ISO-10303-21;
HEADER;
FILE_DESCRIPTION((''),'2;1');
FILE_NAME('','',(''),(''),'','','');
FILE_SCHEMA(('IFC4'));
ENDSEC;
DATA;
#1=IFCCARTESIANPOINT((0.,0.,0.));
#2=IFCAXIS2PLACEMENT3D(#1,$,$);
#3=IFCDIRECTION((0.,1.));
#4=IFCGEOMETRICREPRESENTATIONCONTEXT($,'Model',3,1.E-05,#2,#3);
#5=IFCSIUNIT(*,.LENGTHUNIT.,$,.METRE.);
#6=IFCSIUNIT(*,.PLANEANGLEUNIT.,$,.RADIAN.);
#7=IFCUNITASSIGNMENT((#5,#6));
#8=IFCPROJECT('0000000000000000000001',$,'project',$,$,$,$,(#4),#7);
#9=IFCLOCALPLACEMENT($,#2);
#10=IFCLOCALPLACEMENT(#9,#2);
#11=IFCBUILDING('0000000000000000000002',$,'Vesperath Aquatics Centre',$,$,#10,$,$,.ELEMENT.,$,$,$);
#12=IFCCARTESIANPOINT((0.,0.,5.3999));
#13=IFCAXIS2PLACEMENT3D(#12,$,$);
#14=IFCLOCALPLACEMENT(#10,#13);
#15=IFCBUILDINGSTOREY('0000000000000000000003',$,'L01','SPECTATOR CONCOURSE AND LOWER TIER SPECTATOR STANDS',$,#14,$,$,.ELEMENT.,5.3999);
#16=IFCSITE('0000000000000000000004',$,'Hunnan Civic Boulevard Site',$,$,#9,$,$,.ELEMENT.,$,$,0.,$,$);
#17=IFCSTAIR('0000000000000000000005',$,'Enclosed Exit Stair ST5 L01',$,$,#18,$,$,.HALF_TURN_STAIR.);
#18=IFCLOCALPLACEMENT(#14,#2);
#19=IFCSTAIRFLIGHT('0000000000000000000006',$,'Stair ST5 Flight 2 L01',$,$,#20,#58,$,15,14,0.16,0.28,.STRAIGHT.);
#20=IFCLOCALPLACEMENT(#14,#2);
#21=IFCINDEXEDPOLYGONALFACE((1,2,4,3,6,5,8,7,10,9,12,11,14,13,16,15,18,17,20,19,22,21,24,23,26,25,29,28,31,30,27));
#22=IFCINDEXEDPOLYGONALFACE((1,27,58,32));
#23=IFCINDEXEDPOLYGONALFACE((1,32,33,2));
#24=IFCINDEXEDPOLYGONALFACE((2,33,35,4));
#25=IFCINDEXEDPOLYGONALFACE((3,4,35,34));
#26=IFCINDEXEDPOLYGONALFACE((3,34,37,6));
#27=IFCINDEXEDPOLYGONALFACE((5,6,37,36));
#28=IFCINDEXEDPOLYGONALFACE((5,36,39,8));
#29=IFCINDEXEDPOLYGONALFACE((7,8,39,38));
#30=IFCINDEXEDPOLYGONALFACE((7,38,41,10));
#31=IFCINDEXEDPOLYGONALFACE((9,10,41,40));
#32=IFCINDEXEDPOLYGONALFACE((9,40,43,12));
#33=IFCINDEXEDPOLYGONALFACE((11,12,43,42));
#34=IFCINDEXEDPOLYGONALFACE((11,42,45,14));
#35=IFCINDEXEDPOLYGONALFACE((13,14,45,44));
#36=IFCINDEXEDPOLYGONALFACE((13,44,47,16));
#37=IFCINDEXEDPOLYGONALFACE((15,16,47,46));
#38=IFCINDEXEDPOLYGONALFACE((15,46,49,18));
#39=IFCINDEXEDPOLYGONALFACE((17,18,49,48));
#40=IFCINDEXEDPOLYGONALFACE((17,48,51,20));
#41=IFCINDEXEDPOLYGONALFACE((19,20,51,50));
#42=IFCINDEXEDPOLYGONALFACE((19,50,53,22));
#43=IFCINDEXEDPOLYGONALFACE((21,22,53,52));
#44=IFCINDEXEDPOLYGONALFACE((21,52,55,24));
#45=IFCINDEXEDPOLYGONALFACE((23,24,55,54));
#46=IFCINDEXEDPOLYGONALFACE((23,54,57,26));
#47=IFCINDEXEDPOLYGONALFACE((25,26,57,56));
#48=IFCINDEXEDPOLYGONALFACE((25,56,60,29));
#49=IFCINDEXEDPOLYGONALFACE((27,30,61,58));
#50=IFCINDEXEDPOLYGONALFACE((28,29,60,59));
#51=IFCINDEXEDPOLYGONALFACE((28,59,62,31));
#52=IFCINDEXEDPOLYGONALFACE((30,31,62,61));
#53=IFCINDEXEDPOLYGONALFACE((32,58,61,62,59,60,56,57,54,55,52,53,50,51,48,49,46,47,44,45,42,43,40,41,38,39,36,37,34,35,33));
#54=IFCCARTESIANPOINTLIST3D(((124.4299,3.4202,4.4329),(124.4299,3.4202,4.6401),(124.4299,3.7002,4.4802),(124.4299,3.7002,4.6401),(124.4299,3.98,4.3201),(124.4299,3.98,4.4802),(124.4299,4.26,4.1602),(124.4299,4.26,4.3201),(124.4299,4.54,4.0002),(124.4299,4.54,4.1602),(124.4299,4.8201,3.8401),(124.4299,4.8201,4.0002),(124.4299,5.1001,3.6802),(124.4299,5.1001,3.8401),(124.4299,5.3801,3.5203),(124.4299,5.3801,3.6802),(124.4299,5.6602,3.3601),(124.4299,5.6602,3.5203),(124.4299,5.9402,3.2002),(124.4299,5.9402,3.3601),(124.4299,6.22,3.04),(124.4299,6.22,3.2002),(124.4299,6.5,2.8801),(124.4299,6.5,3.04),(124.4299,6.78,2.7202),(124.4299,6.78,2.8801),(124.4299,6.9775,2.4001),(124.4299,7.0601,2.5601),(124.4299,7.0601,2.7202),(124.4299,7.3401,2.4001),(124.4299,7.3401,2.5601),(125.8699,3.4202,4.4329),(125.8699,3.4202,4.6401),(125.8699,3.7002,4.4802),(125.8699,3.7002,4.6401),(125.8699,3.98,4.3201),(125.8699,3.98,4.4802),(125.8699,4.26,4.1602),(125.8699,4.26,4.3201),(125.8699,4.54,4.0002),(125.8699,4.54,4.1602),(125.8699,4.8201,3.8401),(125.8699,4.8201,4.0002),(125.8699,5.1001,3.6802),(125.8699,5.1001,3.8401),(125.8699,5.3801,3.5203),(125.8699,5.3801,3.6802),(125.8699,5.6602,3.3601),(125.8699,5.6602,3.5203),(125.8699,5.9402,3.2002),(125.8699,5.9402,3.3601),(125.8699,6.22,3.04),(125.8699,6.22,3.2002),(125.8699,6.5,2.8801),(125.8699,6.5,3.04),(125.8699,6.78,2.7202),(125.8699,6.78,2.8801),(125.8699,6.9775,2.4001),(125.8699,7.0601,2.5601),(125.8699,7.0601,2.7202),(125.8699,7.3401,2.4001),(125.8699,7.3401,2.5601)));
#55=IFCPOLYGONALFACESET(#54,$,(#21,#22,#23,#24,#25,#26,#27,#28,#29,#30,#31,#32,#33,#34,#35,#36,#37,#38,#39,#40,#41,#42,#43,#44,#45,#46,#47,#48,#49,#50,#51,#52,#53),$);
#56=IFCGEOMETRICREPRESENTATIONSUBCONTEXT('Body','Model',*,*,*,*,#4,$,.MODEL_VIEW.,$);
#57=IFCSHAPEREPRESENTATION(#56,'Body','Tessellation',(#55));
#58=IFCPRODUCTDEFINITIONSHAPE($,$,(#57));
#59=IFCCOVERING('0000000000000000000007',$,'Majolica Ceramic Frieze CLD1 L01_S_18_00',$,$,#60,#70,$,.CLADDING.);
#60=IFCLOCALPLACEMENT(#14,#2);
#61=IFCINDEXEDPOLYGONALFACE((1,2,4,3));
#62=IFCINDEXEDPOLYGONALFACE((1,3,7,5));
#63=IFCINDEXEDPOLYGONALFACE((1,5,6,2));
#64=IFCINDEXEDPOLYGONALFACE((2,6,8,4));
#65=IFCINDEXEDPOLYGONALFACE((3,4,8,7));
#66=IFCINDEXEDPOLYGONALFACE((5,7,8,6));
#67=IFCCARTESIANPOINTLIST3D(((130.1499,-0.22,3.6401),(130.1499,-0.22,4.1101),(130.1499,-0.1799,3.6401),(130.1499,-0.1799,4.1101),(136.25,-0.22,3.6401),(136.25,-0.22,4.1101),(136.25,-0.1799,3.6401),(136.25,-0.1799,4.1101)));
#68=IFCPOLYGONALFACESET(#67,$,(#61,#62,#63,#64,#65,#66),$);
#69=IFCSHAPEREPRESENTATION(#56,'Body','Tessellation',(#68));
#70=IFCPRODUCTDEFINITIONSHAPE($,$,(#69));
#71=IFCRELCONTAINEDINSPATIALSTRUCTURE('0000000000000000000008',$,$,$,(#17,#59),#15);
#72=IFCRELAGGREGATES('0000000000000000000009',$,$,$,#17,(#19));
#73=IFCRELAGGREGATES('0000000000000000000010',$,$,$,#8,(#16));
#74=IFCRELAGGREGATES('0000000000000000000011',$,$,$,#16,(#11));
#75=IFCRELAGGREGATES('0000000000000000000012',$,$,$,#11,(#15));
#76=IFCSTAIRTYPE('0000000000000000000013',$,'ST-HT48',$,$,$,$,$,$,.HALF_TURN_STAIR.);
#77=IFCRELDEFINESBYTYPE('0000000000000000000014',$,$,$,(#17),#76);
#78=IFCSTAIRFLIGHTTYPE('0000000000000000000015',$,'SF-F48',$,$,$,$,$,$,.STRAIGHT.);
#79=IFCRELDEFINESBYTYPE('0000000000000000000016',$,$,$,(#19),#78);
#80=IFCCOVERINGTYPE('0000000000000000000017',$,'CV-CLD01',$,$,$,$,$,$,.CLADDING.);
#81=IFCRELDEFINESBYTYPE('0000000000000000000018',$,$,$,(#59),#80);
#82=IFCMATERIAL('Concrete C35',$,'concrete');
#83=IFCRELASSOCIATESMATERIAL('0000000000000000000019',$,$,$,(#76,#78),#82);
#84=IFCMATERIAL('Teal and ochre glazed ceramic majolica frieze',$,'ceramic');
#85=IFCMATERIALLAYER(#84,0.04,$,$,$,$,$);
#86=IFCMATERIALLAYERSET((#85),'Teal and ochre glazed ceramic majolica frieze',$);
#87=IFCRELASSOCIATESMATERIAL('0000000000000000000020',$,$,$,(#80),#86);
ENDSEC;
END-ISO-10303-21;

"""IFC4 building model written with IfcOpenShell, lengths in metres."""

from ifc_helpers import new_model, si_unit, direction, frame, frame_2d, origin, place, context, subcontext, project, spatial, polyline, rectangle, outline, extrude, material, layer, layer_set, type_object, element, aggregate, save


model = new_model("IFC4")

# Units and contexts
model_context = context("Model", 3, precision=1e-05, world=origin(), true_north=direction((0.0, 1.0)))
body_context = subcontext(model_context, "Body", "Model", "MODEL_VIEW")
ifc_project = project(units=[si_unit("LENGTHUNIT", "METRE"), si_unit("PLANEANGLEUNIT", "RADIAN")], contexts=[model_context])

# Site, building, storey
site_placement = place(None, origin())
site = spatial("IfcSite", under=ifc_project, at=site_placement, Name="Hunnan Civic Boulevard Site", CompositionType="ELEMENT", RefElevation=0.0)
building_placement = place(site_placement, origin())
building = spatial("IfcBuilding", under=site, at=building_placement, Name="Vesperath Aquatics Centre", CompositionType="ELEMENT")
storey_placement = place(building_placement, frame((0.0, 0.0, 5.3999)))
storey = spatial("IfcBuildingStorey", under=building, at=storey_placement, Name="L01", Description="SPECTATOR CONCOURSE AND LOWER TIER SPECTATOR STANDS", CompositionType="ELEMENT", Elevation=5.3999)

# Shared definitions
ifc_material_1 = material(Name="Concrete C35", Category="concrete")

# Stair, stair flight
stair_type = type_object("IfcStairType", Name="ST-HT48", PredefinedType="HALF_TURN_STAIR", material=ifc_material_1)
stair_placement = place(storey_placement, origin())
stair = element("IfcStair", 1, at=stair_placement, inside=storey, type_object=stair_type, Name="Enclosed Exit Stair ST5 L01", PredefinedType="HALF_TURN_STAIR")
stair_flight_type = type_object("IfcStairFlightType", Name="SF-F48", PredefinedType="STRAIGHT", material=ifc_material_1)
stair_flight_1_placement = place(storey_placement, frame((125.1499, 7.3401, 2.4001), z_axis=(0.0, 0.0, 1.0), x_axis=(0.0, -1.0, 0.0)))
stair_flight_1 = element("IfcStairFlight", 2, at=stair_flight_1_placement, type_object=stair_flight_type, Name="Stair ST5 Flight 2 L01", NumberOfRisers=15, NumberOfTreads=14, PredefinedType="STRAIGHT", RiserHeight=0.16, TreadLength=0.28, context=body_context, shape_type="SweptSolid", body=[
    extrude(outline(polyline([(0.0, 0.0), (0.0, 0.1599), (0.28, 0.1599), (0.28, 0.3201), (0.5601, 0.3201), (0.5601, 0.48), (0.8401, 0.48), (0.8401, 0.6399), (1.1201, 0.6399), (1.1201, 0.8), (1.3999, 0.8), (1.3999, 0.96), (1.6799, 0.96), (1.6799, 1.1201), (1.96, 1.1201), (1.96, 1.28), (2.24, 1.28), (2.24, 1.4399), (2.52, 1.4399), (2.52, 1.6001), (2.8, 1.6001), (2.8, 1.76), (3.0801, 1.76), (3.0801, 1.9199), (3.3601, 1.9199), (3.3601, 2.0801), (3.6399, 2.0801), (3.6399, 2.24), (3.9199, 2.24), (3.9199, 2.3999), (3.9199, 2.0327), (0.3625, 0.0), (0.0, 0.0)])), frame((0.0, 0.72, 0.0), z_axis=(0.0, -1.0, 0.0), x_axis=(1.0, 0.0, 0.0)), (0.0, 0.0, 1.0), 1.4399),
])
aggregate(stair, [stair_flight_1])

# Covering
ifc_material_2 = material(Name="Teal and ochre glazed ceramic majolica frieze", Category="ceramic")
ifc_layer_1 = layer(ifc_material_2, 0.04)
ifc_layer_set_1 = layer_set([ifc_layer_1], Name="Teal and ochre glazed ceramic majolica frieze")
covering_type = type_object("IfcCoveringType", Name="CV-CLD01", PredefinedType="CLADDING", material=ifc_layer_set_1)
covering_placement = place(storey_placement, frame((130.1499, -0.2, 3.6401), z_axis=(0.0, 0.0, 1.0), x_axis=(1.0, 0.0, 0.0)))
element("IfcCovering", 3, at=covering_placement, inside=storey, type_object=covering_type, Name="Majolica Ceramic Frieze CLD1 L01_S_18_00", PredefinedType="CLADDING", context=body_context, shape_type="SweptSolid", body=[
    extrude(rectangle(XDim=6.1001, YDim=0.04, at=frame_2d((3.05, 0.0))), origin(), (0.0, 0.0, 1.0), 0.47),
])

save(model, "model.ifc")
